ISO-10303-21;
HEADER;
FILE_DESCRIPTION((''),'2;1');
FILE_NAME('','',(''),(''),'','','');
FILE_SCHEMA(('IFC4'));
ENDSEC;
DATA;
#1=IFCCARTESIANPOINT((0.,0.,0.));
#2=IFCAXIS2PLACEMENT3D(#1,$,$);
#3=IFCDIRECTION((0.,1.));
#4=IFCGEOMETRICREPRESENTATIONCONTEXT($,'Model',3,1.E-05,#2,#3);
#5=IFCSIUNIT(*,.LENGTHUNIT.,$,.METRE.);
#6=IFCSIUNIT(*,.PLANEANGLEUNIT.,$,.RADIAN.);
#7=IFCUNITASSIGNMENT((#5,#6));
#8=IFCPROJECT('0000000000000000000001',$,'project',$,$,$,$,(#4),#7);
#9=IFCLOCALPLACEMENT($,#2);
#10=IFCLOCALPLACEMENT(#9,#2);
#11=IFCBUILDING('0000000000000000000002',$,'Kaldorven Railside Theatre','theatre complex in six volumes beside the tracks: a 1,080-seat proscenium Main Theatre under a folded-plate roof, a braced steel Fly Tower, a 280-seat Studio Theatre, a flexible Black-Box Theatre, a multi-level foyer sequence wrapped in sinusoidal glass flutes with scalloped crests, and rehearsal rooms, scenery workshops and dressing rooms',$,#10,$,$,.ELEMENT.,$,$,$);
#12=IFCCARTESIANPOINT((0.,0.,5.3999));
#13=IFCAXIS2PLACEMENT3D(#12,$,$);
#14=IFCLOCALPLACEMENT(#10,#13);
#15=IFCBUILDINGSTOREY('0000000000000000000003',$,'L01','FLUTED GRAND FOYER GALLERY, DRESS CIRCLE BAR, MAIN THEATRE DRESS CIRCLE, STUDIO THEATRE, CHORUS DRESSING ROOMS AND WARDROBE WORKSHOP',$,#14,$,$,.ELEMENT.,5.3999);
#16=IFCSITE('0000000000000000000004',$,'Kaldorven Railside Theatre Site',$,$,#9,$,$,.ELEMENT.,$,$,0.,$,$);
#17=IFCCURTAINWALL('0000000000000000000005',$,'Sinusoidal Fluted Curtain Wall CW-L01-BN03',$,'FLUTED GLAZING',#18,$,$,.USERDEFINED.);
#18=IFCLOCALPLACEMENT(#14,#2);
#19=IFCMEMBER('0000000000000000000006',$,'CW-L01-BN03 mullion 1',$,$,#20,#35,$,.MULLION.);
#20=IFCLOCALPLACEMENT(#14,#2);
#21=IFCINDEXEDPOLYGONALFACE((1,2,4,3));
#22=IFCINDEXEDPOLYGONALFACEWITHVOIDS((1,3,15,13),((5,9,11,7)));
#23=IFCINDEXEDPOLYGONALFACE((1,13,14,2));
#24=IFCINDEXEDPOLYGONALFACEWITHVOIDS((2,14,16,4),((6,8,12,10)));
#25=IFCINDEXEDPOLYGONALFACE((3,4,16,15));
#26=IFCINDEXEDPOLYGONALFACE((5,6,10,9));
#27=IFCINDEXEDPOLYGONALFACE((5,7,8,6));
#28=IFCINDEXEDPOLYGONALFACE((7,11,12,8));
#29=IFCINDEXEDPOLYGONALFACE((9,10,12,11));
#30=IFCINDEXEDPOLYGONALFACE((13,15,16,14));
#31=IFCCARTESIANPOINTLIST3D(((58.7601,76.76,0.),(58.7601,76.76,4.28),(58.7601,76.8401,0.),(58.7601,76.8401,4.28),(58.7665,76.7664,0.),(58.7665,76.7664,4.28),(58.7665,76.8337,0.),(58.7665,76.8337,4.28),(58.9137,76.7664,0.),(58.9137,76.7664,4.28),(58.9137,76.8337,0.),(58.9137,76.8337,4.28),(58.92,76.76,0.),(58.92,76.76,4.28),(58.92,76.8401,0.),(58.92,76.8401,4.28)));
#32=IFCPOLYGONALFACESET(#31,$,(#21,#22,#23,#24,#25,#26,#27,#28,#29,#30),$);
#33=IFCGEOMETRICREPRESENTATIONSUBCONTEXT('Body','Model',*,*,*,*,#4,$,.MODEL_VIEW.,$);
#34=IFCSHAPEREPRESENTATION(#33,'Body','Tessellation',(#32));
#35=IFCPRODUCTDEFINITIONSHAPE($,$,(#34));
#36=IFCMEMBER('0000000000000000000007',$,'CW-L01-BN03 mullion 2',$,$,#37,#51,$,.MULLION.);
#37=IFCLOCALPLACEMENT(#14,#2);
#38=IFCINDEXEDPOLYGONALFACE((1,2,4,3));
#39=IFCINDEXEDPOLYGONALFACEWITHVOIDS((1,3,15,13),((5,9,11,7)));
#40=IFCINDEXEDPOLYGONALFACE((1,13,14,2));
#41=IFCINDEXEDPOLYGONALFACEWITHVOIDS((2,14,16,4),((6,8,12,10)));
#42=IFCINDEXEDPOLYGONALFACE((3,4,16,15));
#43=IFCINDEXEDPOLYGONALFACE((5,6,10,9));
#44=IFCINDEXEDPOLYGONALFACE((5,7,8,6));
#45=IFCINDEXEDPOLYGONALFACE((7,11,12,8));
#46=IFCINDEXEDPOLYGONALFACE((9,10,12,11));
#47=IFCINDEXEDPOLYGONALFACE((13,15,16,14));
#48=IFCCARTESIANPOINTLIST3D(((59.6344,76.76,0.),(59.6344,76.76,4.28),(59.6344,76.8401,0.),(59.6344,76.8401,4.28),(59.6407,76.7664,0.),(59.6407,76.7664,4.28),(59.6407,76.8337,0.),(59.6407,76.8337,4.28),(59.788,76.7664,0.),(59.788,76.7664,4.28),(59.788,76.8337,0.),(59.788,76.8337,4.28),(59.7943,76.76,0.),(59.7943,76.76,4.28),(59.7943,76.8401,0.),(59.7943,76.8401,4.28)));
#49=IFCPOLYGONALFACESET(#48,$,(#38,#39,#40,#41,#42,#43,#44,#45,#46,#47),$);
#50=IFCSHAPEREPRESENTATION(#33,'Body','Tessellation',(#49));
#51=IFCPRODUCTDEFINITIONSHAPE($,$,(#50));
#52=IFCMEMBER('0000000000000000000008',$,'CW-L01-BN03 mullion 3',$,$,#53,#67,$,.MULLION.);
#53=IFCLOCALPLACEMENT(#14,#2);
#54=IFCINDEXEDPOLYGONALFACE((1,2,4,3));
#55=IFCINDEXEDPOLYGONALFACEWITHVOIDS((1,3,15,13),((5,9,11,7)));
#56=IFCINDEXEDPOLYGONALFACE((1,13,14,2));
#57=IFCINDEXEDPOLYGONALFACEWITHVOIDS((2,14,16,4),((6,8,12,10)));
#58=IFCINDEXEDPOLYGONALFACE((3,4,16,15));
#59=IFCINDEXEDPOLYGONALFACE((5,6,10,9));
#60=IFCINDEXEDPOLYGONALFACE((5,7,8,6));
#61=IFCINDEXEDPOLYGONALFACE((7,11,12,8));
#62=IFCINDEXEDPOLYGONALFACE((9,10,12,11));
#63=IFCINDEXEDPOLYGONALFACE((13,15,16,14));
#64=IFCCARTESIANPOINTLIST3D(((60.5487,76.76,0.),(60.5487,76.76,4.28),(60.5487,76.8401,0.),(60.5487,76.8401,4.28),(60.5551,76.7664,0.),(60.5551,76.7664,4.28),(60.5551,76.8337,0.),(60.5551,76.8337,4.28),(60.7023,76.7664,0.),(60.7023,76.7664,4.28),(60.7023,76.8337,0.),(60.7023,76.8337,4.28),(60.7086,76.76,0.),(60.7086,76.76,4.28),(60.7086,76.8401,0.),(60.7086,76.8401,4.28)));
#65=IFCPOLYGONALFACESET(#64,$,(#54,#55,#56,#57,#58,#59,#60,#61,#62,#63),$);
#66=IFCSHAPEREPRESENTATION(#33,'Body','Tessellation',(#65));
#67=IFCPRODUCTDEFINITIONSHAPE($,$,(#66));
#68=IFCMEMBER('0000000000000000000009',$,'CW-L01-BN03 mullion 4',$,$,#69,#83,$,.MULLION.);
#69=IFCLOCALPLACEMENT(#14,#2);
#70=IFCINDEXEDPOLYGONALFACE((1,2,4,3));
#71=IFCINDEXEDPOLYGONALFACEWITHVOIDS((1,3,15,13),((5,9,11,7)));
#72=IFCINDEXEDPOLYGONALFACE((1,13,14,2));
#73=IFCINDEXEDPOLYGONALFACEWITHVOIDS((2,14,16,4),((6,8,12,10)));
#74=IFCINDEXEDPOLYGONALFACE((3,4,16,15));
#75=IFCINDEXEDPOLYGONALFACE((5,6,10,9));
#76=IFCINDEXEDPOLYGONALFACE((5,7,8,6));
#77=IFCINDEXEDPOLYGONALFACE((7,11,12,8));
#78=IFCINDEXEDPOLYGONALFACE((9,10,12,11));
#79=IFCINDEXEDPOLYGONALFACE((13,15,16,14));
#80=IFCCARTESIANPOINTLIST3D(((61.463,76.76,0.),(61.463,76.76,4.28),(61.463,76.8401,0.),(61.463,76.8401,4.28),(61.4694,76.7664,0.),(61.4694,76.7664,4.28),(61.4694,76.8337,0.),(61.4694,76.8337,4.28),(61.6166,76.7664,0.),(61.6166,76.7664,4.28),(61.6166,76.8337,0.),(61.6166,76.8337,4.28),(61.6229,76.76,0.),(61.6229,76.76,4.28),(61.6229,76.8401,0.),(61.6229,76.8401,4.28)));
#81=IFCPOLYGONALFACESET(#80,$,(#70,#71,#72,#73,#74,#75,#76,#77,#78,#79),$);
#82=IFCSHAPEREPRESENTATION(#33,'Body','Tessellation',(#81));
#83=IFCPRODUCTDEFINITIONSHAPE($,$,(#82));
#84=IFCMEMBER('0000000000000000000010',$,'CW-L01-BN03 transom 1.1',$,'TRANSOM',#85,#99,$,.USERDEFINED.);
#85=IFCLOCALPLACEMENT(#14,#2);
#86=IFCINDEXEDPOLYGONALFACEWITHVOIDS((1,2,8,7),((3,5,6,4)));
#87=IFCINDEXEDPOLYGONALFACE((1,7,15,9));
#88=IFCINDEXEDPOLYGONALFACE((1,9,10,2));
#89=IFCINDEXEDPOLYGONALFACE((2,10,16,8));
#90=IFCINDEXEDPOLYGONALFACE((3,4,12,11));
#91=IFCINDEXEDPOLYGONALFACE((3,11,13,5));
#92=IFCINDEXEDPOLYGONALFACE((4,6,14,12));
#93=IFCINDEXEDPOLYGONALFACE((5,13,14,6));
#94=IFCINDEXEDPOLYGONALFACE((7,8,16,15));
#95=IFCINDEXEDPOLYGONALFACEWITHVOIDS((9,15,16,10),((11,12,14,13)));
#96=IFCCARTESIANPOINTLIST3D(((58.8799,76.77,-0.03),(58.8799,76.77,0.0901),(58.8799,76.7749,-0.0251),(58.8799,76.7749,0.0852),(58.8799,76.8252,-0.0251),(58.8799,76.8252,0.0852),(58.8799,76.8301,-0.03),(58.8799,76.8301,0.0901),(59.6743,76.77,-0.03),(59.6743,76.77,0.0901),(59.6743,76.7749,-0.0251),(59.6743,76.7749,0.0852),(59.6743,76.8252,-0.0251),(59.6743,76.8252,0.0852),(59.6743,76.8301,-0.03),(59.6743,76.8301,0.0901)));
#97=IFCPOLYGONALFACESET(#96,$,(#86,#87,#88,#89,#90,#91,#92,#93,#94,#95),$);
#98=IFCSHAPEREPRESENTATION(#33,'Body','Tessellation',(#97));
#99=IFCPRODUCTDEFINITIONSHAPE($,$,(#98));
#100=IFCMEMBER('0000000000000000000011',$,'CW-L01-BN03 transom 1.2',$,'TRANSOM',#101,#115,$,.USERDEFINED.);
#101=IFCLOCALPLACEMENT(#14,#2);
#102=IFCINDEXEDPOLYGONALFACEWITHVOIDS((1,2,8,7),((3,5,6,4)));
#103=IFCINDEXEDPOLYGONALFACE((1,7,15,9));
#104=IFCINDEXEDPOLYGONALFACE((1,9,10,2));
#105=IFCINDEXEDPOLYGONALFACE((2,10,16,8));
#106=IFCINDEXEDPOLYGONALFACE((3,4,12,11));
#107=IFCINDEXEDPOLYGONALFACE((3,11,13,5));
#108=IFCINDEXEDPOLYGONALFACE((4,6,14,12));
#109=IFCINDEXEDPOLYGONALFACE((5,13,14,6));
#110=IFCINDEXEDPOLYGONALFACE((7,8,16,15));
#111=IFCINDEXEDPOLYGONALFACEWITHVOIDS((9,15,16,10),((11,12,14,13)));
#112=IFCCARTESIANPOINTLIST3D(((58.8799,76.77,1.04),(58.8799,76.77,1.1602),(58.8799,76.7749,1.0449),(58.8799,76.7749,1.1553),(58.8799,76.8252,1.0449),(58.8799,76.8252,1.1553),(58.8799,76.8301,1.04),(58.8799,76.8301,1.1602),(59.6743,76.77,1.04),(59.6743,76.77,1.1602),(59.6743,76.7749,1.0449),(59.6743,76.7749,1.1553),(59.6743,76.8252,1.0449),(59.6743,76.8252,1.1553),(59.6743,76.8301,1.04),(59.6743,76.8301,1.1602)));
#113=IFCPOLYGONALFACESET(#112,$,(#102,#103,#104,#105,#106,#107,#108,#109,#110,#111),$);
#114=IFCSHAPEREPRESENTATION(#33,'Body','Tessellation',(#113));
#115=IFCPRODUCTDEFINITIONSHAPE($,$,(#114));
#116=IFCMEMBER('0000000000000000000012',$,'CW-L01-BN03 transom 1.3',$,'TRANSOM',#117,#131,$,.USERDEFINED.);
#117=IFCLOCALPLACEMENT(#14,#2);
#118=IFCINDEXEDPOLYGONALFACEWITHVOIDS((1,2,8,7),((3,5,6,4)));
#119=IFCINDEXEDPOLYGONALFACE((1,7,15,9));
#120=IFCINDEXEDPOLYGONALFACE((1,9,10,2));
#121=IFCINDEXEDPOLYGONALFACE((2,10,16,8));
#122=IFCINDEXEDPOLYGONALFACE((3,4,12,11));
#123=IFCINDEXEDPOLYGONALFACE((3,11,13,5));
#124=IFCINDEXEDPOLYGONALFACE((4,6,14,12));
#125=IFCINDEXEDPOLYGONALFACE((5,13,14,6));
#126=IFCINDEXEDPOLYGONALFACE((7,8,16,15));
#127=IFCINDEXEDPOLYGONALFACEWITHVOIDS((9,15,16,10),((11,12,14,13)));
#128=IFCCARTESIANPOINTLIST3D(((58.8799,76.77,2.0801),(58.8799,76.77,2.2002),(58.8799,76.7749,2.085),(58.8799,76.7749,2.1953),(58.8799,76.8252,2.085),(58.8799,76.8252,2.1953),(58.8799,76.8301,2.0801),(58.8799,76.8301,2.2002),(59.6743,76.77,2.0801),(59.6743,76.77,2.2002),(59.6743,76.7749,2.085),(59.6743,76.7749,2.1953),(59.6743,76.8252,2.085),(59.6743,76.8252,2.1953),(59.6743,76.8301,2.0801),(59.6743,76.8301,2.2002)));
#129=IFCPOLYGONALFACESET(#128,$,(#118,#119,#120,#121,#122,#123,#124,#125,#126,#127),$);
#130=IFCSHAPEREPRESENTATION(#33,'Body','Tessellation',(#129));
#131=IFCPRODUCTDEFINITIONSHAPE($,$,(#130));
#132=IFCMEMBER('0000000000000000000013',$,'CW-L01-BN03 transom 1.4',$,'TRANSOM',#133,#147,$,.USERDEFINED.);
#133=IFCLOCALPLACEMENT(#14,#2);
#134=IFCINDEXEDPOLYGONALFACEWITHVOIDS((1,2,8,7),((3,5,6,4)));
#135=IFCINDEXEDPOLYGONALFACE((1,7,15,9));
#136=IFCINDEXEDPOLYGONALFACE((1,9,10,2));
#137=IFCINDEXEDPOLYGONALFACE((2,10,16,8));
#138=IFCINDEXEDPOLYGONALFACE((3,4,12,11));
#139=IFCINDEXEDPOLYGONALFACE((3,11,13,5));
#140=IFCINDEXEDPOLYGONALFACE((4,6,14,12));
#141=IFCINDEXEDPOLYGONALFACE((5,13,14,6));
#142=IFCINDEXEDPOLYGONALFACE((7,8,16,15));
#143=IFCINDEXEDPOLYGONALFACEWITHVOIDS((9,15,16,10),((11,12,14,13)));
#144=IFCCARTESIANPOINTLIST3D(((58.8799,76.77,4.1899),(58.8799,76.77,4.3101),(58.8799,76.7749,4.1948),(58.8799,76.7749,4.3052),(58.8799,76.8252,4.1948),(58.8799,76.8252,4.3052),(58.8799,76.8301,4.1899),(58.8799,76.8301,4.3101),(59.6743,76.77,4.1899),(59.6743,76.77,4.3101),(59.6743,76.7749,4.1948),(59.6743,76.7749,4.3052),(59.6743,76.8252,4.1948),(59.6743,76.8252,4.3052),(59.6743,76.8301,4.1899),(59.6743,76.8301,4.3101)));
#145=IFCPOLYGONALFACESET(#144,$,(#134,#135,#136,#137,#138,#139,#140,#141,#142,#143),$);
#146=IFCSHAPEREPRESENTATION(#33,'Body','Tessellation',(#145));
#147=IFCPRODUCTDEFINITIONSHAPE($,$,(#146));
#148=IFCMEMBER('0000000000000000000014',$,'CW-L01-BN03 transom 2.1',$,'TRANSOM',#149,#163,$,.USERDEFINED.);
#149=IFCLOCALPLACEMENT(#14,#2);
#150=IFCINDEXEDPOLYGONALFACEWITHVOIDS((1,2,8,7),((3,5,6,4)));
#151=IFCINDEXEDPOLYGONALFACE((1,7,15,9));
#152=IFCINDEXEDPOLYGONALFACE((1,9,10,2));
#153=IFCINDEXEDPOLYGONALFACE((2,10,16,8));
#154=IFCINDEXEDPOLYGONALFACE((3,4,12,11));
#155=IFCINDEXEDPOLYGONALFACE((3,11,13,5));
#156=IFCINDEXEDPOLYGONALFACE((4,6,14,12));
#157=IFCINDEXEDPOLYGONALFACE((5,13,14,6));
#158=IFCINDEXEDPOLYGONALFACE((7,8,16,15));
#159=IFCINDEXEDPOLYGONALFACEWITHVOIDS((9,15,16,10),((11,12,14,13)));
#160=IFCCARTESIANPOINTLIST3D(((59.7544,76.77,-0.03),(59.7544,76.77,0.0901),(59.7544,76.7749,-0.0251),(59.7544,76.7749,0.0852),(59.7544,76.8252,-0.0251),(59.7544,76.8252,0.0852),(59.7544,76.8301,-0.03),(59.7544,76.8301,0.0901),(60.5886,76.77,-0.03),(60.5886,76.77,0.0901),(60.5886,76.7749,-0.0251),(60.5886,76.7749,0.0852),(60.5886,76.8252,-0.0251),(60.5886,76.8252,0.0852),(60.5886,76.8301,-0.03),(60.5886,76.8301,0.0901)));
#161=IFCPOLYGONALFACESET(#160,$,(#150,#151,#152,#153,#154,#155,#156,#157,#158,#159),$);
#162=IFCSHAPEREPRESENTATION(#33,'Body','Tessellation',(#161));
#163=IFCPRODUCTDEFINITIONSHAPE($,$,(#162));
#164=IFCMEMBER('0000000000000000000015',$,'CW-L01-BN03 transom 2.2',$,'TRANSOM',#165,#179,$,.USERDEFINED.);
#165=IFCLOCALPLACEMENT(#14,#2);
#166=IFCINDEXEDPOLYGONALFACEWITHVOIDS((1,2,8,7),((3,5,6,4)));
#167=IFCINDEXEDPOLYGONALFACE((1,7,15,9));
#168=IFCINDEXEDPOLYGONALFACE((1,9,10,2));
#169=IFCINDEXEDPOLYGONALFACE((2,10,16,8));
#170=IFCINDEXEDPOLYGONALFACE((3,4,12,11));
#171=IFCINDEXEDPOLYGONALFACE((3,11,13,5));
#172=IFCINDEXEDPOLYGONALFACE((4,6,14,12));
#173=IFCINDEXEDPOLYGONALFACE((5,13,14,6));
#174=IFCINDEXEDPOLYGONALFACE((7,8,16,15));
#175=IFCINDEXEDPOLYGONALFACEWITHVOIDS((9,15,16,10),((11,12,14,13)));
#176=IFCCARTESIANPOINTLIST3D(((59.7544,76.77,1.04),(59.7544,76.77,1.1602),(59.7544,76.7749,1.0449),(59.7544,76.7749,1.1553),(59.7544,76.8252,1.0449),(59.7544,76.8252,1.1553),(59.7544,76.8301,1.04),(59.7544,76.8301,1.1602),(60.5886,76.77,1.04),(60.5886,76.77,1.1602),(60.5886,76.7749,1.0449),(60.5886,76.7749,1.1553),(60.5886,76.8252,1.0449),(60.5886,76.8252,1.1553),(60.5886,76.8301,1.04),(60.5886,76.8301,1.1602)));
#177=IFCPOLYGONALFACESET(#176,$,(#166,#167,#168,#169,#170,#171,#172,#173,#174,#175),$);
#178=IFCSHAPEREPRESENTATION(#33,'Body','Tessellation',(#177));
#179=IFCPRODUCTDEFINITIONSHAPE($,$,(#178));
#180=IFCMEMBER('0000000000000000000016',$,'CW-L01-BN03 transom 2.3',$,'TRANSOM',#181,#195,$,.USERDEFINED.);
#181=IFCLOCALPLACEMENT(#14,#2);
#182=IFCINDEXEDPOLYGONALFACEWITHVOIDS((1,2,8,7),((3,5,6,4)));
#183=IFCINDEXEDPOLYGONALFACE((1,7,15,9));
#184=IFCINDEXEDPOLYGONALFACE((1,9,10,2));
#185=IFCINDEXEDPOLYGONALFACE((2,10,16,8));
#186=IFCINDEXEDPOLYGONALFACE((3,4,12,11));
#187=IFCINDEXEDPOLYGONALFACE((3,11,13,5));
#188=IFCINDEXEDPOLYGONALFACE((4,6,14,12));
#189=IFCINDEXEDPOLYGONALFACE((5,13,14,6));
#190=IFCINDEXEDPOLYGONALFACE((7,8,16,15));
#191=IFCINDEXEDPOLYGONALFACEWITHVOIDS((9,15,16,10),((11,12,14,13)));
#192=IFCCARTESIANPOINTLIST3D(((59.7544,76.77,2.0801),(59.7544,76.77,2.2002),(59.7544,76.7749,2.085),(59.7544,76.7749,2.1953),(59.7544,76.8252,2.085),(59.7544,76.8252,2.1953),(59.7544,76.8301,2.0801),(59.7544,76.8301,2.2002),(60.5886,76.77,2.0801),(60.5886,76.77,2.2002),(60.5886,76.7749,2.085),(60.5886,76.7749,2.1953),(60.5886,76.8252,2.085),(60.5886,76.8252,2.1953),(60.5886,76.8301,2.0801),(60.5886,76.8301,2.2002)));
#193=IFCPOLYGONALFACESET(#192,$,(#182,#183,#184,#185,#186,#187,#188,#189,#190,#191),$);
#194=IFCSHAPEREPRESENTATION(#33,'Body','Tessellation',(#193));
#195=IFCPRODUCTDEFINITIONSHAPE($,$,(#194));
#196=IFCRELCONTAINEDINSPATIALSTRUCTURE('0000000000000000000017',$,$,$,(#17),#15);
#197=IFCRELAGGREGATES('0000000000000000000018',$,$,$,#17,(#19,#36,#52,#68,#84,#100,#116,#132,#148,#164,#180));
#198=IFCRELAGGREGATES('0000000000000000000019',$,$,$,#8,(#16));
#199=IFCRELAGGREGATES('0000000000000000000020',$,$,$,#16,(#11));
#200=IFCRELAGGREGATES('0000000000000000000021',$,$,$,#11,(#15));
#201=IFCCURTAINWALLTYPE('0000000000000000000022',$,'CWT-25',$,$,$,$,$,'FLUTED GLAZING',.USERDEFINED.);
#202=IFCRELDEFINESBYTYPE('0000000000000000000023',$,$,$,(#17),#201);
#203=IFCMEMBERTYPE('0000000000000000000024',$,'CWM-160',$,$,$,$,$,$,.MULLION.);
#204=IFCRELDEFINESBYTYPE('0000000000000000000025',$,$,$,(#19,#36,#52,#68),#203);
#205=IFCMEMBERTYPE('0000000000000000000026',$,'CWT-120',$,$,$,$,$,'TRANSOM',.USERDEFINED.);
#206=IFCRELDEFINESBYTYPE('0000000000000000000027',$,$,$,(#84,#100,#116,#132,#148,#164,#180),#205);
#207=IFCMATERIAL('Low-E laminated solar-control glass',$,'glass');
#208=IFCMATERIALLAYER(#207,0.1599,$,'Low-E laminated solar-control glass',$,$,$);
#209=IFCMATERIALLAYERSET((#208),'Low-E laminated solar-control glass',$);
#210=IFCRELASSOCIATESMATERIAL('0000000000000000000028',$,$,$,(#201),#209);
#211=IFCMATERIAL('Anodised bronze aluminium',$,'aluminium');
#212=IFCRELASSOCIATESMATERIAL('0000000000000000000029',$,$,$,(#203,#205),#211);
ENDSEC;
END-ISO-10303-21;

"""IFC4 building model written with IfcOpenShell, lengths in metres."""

from ifc_helpers import new_model, si_unit, direction, frame, origin, origin_2d, place, context, subcontext, project, spatial, hollow_rectangle, extrude, material, layer, layer_set, material_profile, profile_set, type_object, element, aggregate, save


model = new_model("IFC4")

# Units and contexts
model_context = context("Model", 3, precision=1e-05, world=origin(), true_north=direction((0.0, 1.0)))
body_context = subcontext(model_context, "Body", "Model", "MODEL_VIEW")
ifc_project = project(units=[si_unit("LENGTHUNIT", "METRE"), si_unit("PLANEANGLEUNIT", "RADIAN")], contexts=[model_context])

# Site, building, storey
site_placement = place(None, origin())
site = spatial("IfcSite", under=ifc_project, at=site_placement, Name="Kaldorven Railside Theatre Site", CompositionType="ELEMENT", RefElevation=0.0)
building_placement = place(site_placement, origin())
building = spatial("IfcBuilding", under=site, at=building_placement, Name="Kaldorven Railside Theatre", Description="theatre complex in six volumes beside the tracks: a 1,080-seat proscenium Main Theatre under a folded-plate roof, a braced steel Fly Tower, a 280-seat Studio Theatre, a flexible Black-Box Theatre, a multi-level foyer sequence wrapped in sinusoidal glass flutes with scalloped crests, and rehearsal rooms, scenery workshops and dressing rooms", CompositionType="ELEMENT")
storey_placement = place(building_placement, frame((0.0, 0.0, 5.3999)))
storey = spatial("IfcBuildingStorey", under=building, at=storey_placement, Name="L01", Description="FLUTED GRAND FOYER GALLERY, DRESS CIRCLE BAR, MAIN THEATRE DRESS CIRCLE, STUDIO THEATRE, CHORUS DRESSING ROOMS AND WARDROBE WORKSHOP", CompositionType="ELEMENT", Elevation=5.3999)

# Curtain wall, members
ifc_material_1 = material(Name="Low-E laminated solar-control glass", Category="glass")
ifc_layer_1 = layer(ifc_material_1, 0.1599, Name="Low-E laminated solar-control glass")
ifc_layer_set_1 = layer_set([ifc_layer_1], Name="Low-E laminated solar-control glass")
curtain_wall_type = type_object("IfcCurtainWallType", Name="CWT-25", ElementType="FLUTED GLAZING", PredefinedType="USERDEFINED", material=ifc_layer_set_1)
curtain_wall_placement = place(storey_placement, origin())
curtain_wall = element("IfcCurtainWall", 1, at=curtain_wall_placement, inside=storey, type_object=curtain_wall_type, Name="Sinusoidal Fluted Curtain Wall CW-L01-BN03", ObjectType="FLUTED GLAZING", PredefinedType="USERDEFINED")
ifc_material_2 = material(Name="Anodised bronze aluminium", Category="aluminium")
ifc_material_profile_1 = material_profile(ifc_material_2, hollow_rectangle(XDim=0.0801, YDim=0.1599, WallThickness=0.0063, at=origin_2d()), Name="RHS 160x80x6.3")
ifc_profile_set_1 = profile_set([ifc_material_profile_1], Name="Anodised bronze aluminium")
member_type_1 = type_object("IfcMemberType", Name="CWM-160", PredefinedType="MULLION", material=ifc_profile_set_1)
member_1_placement = place(storey_placement, frame((58.8401, 76.8, 0.0), z_axis=(0.0, 0.0, 1.0), x_axis=(0.0, 1.0, 0.0)))
member_1 = element("IfcMember", 2, at=member_1_placement, type_object=member_type_1, Name="CW-L01-BN03 mullion 1", PredefinedType="MULLION", context=body_context, shape_type="SweptSolid", body=[
    extrude(hollow_rectangle(XDim=0.0801, YDim=0.1599, WallThickness=0.0063, at=origin_2d()), origin(), (0.0, 0.0, 1.0), 4.28),
])
member_2_placement = place(storey_placement, frame((59.7144, 76.8, 0.0), z_axis=(0.0, 0.0, 1.0), x_axis=(0.0, 1.0, 0.0)))
member_2 = element("IfcMember", 3, at=member_2_placement, type_object=member_type_1, Name="CW-L01-BN03 mullion 2", PredefinedType="MULLION", context=body_context, shape_type="SweptSolid", body=[
    extrude(hollow_rectangle(XDim=0.0801, YDim=0.1599, WallThickness=0.0063, at=origin_2d()), origin(), (0.0, 0.0, 1.0), 4.28),
])
member_3_placement = place(storey_placement, frame((60.6287, 76.8, 0.0), z_axis=(0.0, 0.0, 1.0), x_axis=(0.0, 1.0, 0.0)))
member_3 = element("IfcMember", 4, at=member_3_placement, type_object=member_type_1, Name="CW-L01-BN03 mullion 3", PredefinedType="MULLION", context=body_context, shape_type="SweptSolid", body=[
    extrude(hollow_rectangle(XDim=0.0801, YDim=0.1599, WallThickness=0.0063, at=origin_2d()), origin(), (0.0, 0.0, 1.0), 4.28),
])
member_4_placement = place(storey_placement, frame((61.543, 76.8, 0.0), z_axis=(0.0, 0.0, 1.0), x_axis=(0.0, 1.0, 0.0)))
member_4 = element("IfcMember", 5, at=member_4_placement, type_object=member_type_1, Name="CW-L01-BN03 mullion 4", PredefinedType="MULLION", context=body_context, shape_type="SweptSolid", body=[
    extrude(hollow_rectangle(XDim=0.0801, YDim=0.1599, WallThickness=0.0063, at=origin_2d()), origin(), (0.0, 0.0, 1.0), 4.28),
])
ifc_material_profile_2 = material_profile(ifc_material_2, hollow_rectangle(XDim=0.0601, YDim=0.1201, WallThickness=0.0049, at=origin_2d()), Name="RHS 120x60x5")
ifc_profile_set_2 = profile_set([ifc_material_profile_2], Name="Anodised bronze aluminium")
member_type_2 = type_object("IfcMemberType", Name="CWT-120", ElementType="TRANSOM", PredefinedType="USERDEFINED", material=ifc_profile_set_2)
member_5_placement = place(storey_placement, frame((58.8799, 76.8, 0.03), z_axis=(1.0, 0.0, 0.0), x_axis=(0.0, 1.0, 0.0)))
member_5 = element("IfcMember", 6, at=member_5_placement, type_object=member_type_2, Name="CW-L01-BN03 transom 1.1", ObjectType="TRANSOM", PredefinedType="USERDEFINED", context=body_context, shape_type="SweptSolid", body=[
    extrude(hollow_rectangle(XDim=0.0601, YDim=0.1201, WallThickness=0.0049, at=origin_2d()), origin(), (0.0, 0.0, 1.0), 0.7944),
])
member_6_placement = place(storey_placement, frame((58.8799, 76.8, 1.1001), z_axis=(1.0, 0.0, 0.0), x_axis=(0.0, 1.0, 0.0)))
member_6 = element("IfcMember", 7, at=member_6_placement, type_object=member_type_2, Name="CW-L01-BN03 transom 1.2", ObjectType="TRANSOM", PredefinedType="USERDEFINED", context=body_context, shape_type="SweptSolid", body=[
    extrude(hollow_rectangle(XDim=0.0601, YDim=0.1201, WallThickness=0.0049, at=origin_2d()), origin(), (0.0, 0.0, 1.0), 0.7944),
])
member_7_placement = place(storey_placement, frame((58.8799, 76.8, 2.1401), z_axis=(1.0, 0.0, 0.0), x_axis=(0.0, 1.0, 0.0)))
member_7 = element("IfcMember", 8, at=member_7_placement, type_object=member_type_2, Name="CW-L01-BN03 transom 1.3", ObjectType="TRANSOM", PredefinedType="USERDEFINED", context=body_context, shape_type="SweptSolid", body=[
    extrude(hollow_rectangle(XDim=0.0601, YDim=0.1201, WallThickness=0.0049, at=origin_2d()), origin(), (0.0, 0.0, 1.0), 0.7944),
])
member_8_placement = place(storey_placement, frame((58.8799, 76.8, 4.25), z_axis=(1.0, 0.0, 0.0), x_axis=(0.0, 1.0, 0.0)))
member_8 = element("IfcMember", 9, at=member_8_placement, type_object=member_type_2, Name="CW-L01-BN03 transom 1.4", ObjectType="TRANSOM", PredefinedType="USERDEFINED", context=body_context, shape_type="SweptSolid", body=[
    extrude(hollow_rectangle(XDim=0.0601, YDim=0.1201, WallThickness=0.0049, at=origin_2d()), origin(), (0.0, 0.0, 1.0), 0.7944),
])
member_9_placement = place(storey_placement, frame((59.7544, 76.8, 0.03), z_axis=(1.0, 0.0, 0.0), x_axis=(0.0, 1.0, 0.0)))
member_9 = element("IfcMember", 10, at=member_9_placement, type_object=member_type_2, Name="CW-L01-BN03 transom 2.1", ObjectType="TRANSOM", PredefinedType="USERDEFINED", context=body_context, shape_type="SweptSolid", body=[
    extrude(hollow_rectangle(XDim=0.0601, YDim=0.1201, WallThickness=0.0049, at=origin_2d()), origin(), (0.0, 0.0, 1.0), 0.8342),
])
member_10_placement = place(storey_placement, frame((59.7544, 76.8, 1.1001), z_axis=(1.0, 0.0, 0.0), x_axis=(0.0, 1.0, 0.0)))
member_10 = element("IfcMember", 11, at=member_10_placement, type_object=member_type_2, Name="CW-L01-BN03 transom 2.2", ObjectType="TRANSOM", PredefinedType="USERDEFINED", context=body_context, shape_type="SweptSolid", body=[
    extrude(hollow_rectangle(XDim=0.0601, YDim=0.1201, WallThickness=0.0049, at=origin_2d()), origin(), (0.0, 0.0, 1.0), 0.8342),
])
member_11_placement = place(storey_placement, frame((59.7544, 76.8, 2.1401), z_axis=(1.0, 0.0, 0.0), x_axis=(0.0, 1.0, 0.0)))
member_11 = element("IfcMember", 12, at=member_11_placement, type_object=member_type_2, Name="CW-L01-BN03 transom 2.3", ObjectType="TRANSOM", PredefinedType="USERDEFINED", context=body_context, shape_type="SweptSolid", body=[
    extrude(hollow_rectangle(XDim=0.0601, YDim=0.1201, WallThickness=0.0049, at=origin_2d()), origin(), (0.0, 0.0, 1.0), 0.8342),
])
aggregate(curtain_wall, [member_1, member_2, member_3, member_4, member_5, member_6, member_7, member_8, member_9, member_10, member_11])

save(model, "model.ifc")
